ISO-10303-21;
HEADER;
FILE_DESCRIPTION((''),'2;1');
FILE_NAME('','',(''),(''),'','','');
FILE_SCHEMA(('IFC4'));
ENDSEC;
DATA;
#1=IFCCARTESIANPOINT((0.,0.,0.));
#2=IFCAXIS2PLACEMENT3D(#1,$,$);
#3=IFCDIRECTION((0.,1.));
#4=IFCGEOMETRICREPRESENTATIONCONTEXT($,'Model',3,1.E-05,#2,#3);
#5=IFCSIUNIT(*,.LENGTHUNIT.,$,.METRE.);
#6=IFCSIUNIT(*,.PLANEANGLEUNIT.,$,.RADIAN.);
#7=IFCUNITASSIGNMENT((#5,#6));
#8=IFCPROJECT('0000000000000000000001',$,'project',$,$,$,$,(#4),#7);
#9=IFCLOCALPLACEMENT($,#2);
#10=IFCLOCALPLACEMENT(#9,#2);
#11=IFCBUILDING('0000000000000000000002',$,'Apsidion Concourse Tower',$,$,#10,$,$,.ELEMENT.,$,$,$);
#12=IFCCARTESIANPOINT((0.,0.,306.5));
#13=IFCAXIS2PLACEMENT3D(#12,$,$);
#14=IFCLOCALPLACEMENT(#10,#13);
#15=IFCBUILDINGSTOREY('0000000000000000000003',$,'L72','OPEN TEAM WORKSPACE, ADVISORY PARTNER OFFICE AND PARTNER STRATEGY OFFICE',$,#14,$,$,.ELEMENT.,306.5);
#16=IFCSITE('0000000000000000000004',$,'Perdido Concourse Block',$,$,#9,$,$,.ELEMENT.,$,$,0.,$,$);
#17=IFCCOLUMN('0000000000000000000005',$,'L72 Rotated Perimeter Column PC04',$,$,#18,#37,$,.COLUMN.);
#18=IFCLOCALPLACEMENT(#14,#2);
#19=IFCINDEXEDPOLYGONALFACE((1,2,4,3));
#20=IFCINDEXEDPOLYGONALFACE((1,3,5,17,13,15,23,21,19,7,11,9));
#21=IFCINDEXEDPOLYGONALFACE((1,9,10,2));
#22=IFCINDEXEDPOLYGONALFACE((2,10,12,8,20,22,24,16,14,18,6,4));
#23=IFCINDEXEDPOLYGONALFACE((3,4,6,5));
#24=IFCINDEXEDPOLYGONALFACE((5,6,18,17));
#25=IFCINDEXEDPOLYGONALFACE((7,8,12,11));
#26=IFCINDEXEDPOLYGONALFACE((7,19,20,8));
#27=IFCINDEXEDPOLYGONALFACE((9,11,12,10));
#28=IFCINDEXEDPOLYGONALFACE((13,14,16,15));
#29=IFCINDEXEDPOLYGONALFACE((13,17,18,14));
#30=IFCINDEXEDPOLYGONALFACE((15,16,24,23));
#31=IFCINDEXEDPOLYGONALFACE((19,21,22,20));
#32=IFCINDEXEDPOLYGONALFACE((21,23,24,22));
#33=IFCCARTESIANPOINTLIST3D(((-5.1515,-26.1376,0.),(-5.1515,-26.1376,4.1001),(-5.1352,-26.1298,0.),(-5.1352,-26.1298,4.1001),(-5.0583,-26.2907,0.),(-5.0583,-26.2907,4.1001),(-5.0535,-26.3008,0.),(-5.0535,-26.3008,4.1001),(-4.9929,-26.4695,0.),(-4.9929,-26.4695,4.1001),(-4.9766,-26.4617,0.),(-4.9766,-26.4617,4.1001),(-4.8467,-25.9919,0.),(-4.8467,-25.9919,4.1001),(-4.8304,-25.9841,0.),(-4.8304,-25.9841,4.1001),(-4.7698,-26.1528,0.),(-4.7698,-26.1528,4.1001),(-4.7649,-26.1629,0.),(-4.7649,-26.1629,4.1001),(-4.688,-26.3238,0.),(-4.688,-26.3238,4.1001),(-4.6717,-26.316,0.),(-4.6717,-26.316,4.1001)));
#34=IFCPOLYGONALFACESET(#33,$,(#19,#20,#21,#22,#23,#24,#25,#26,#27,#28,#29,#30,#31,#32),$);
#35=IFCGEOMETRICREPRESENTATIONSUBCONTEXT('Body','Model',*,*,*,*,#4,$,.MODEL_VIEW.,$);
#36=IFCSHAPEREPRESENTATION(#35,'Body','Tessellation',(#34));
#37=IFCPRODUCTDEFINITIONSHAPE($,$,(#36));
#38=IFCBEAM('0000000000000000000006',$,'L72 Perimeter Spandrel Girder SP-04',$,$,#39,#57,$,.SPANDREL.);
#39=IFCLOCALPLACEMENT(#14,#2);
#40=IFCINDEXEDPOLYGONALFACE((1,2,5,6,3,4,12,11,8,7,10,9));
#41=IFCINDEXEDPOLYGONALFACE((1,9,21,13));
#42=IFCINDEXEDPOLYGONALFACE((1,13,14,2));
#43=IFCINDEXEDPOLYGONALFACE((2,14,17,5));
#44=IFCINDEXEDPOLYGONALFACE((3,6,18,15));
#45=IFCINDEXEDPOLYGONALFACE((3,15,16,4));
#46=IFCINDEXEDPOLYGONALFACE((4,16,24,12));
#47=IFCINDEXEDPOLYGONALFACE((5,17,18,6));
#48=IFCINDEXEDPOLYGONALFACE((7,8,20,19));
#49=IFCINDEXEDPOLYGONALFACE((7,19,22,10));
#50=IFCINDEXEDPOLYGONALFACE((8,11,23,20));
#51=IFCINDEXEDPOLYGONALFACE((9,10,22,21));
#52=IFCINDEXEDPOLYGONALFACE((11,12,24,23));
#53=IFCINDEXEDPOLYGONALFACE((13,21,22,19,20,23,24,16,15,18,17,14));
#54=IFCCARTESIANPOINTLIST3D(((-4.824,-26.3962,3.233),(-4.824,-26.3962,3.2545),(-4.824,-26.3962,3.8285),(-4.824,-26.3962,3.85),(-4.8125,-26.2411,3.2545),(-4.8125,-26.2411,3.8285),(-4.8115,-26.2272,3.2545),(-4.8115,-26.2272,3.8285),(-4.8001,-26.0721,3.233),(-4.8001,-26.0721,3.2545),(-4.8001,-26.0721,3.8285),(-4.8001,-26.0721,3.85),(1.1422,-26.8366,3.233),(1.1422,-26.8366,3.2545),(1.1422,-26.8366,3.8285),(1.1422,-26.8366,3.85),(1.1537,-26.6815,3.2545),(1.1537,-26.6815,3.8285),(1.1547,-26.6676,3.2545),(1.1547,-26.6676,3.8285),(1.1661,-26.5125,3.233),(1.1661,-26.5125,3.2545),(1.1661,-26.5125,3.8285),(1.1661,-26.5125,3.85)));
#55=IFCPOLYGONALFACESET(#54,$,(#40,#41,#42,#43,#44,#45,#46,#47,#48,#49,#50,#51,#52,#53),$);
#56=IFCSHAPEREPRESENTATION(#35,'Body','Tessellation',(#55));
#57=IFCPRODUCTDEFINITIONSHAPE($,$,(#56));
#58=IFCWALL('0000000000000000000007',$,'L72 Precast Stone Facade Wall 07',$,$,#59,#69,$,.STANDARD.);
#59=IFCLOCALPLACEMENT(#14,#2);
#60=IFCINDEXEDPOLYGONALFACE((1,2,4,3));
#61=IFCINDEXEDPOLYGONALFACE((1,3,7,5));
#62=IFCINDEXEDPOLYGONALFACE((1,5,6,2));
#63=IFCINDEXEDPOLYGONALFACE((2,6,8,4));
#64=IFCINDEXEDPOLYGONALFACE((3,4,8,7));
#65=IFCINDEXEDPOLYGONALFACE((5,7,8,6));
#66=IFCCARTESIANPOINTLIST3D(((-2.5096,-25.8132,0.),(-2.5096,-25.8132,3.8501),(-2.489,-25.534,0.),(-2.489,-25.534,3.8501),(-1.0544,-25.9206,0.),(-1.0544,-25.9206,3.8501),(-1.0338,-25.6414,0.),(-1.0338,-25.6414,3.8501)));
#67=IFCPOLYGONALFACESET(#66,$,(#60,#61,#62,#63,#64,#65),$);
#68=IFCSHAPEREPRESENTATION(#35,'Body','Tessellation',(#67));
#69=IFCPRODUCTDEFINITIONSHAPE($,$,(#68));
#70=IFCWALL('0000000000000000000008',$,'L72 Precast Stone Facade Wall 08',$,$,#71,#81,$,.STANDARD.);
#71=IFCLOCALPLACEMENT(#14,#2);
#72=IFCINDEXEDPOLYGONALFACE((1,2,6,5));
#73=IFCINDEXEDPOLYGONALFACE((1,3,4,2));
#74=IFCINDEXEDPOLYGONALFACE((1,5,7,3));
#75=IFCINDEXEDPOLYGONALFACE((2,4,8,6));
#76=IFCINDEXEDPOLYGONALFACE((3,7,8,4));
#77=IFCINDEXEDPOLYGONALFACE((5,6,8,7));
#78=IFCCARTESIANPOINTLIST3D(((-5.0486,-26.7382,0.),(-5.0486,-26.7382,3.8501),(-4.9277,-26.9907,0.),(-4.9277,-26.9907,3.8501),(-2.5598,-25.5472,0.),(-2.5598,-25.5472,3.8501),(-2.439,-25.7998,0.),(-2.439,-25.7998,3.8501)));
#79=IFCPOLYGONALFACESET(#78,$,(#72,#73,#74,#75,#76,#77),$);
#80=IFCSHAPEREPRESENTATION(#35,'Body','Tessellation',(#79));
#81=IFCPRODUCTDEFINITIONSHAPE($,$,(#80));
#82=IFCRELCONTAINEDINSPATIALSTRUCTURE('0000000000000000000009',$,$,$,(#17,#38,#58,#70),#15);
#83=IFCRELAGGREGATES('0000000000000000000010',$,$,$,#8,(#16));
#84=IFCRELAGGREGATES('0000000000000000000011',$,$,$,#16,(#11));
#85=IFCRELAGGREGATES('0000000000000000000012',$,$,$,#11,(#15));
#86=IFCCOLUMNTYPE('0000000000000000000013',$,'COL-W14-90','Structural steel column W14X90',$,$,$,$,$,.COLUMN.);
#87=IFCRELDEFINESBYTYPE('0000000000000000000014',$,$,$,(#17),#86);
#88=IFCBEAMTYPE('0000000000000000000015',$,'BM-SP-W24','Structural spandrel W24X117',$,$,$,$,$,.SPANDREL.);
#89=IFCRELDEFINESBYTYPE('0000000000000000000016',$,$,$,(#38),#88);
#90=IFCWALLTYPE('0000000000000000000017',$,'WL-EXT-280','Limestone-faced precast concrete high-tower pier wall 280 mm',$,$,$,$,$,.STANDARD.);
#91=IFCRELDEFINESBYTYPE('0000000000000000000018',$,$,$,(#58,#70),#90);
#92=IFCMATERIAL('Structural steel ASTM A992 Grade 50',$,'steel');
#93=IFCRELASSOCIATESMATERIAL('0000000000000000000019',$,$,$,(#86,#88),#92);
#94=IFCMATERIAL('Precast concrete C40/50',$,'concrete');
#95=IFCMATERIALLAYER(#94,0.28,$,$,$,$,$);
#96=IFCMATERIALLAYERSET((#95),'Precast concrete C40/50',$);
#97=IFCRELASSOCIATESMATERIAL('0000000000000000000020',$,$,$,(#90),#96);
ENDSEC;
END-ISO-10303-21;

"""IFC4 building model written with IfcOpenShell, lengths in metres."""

from ifc_helpers import new_model, si_unit, direction, frame, frame_2d, origin, origin_2d, place, context, subcontext, project, spatial, rectangle, i_section, extrude, material, layer, layer_set, material_profile, profile_set, type_object, element, save


model = new_model("IFC4")

# Units and contexts
model_context = context("Model", 3, precision=1e-05, world=origin(), true_north=direction((0.0, 1.0)))
body_context = subcontext(model_context, "Body", "Model", "MODEL_VIEW")
ifc_project = project(units=[si_unit("LENGTHUNIT", "METRE"), si_unit("PLANEANGLEUNIT", "RADIAN")], contexts=[model_context])

# Site, building, storey
site_placement = place(None, origin())
site = spatial("IfcSite", under=ifc_project, at=site_placement, Name="Perdido Concourse Block", CompositionType="ELEMENT", RefElevation=0.0)
building_placement = place(site_placement, origin())
building = spatial("IfcBuilding", under=site, at=building_placement, Name="Apsidion Concourse Tower", CompositionType="ELEMENT")
storey_placement = place(building_placement, frame((0.0, 0.0, 306.5)))
storey = spatial("IfcBuildingStorey", under=building, at=storey_placement, Name="L72", Description="OPEN TEAM WORKSPACE, ADVISORY PARTNER OFFICE AND PARTNER STRATEGY OFFICE", CompositionType="ELEMENT", Elevation=306.5)

# Column
ifc_material_1 = material(Name="Structural steel ASTM A992 Grade 50", Category="steel")
ifc_material_profile_1 = material_profile(ifc_material_1, i_section(OverallWidth=0.3679, OverallDepth=0.356, WebThickness=0.0112, FlangeThickness=0.0181, at=origin_2d()), Name="W14X90")
ifc_profile_set_1 = profile_set([ifc_material_profile_1], Name="Structural steel ASTM A992 Grade 50")
column_type = type_object("IfcColumnType", Name="COL-W14-90", Description="Structural steel column W14X90", PredefinedType="COLUMN", material=ifc_profile_set_1)
column_placement = place(storey_placement, frame((-4.9116, -26.2268, 0.0), z_axis=(0.0, 0.0, 1.0), x_axis=(-0.431299, 0.902209, 0.0)))
element("IfcColumn", 1, at=column_placement, inside=storey, type_object=column_type, Name="L72 Rotated Perimeter Column PC04", PredefinedType="COLUMN", context=body_context, shape_type="SweptSolid", body=[
    extrude(i_section(OverallWidth=0.3679, OverallDepth=0.356, WebThickness=0.0112, FlangeThickness=0.0181, at=origin_2d()), origin(), (0.0, 0.0, 1.0), 4.1001),
])

# Beam
ifc_material_profile_2 = material_profile(ifc_material_1, i_section(OverallWidth=0.325, OverallDepth=0.6169, WebThickness=0.0139, FlangeThickness=0.0215, at=origin_2d()), Name="W24X117")
ifc_profile_set_2 = profile_set([ifc_material_profile_2], Name="Structural steel ASTM A992 Grade 50")
beam_type = type_object("IfcBeamType", Name="BM-SP-W24", Description="Structural spandrel W24X117", PredefinedType="SPANDREL", material=ifc_profile_set_2)
beam_placement = place(storey_placement, frame((-4.812, -26.2341, 3.5415), z_axis=(0.997286, -0.073619, 0.0), x_axis=(0.073619, 0.997286, 0.0)))
element("IfcBeam", 2, at=beam_placement, inside=storey, type_object=beam_type, Name="L72 Perimeter Spandrel Girder SP-04", PredefinedType="SPANDREL", context=body_context, shape_type="SweptSolid", body=[
    extrude(i_section(OverallWidth=0.325, OverallDepth=0.6169, WebThickness=0.0139, FlangeThickness=0.0215, at=origin_2d()), origin(), (0.0, 0.0, 1.0), 5.9824),
])

# Walls
ifc_material_2 = material(Name="Precast concrete C40/50", Category="concrete")
ifc_layer_1 = layer(ifc_material_2, 0.28)
ifc_layer_set_1 = layer_set([ifc_layer_1], Name="Precast concrete C40/50")
wall_type_1 = type_object("IfcWallType", Name="WL-EXT-280", Description="Limestone-faced precast concrete high-tower pier wall 280 mm", PredefinedType="STANDARD", material=ifc_layer_set_1)
wall_1_placement = place(storey_placement, frame((-1.0442, -25.781, 0.0), z_axis=(0.0, 0.0, 1.0), x_axis=(-0.997287, 0.073613, 0.0)))
element("IfcWall", 3, at=wall_1_placement, inside=storey, type_object=wall_type_1, Name="L72 Precast Stone Facade Wall 07", PredefinedType="STANDARD", context=body_context, shape_type="SweptSolid", body=[
    extrude(rectangle(XDim=1.4592, YDim=0.28, at=frame_2d((0.7295, 0.0))), origin(), (0.0, 0.0, 1.0), 3.8501),
])
wall_2_placement = place(storey_placement, frame((-2.4995, -25.6736, 0.0), z_axis=(0.0, 0.0, 1.0), x_axis=(-0.902044, -0.431643, 0.0)))
element("IfcWall", 4, at=wall_2_placement, inside=storey, type_object=wall_type_1, Name="L72 Precast Stone Facade Wall 08", PredefinedType="STANDARD", context=body_context, shape_type="SweptSolid", body=[
    extrude(rectangle(XDim=2.759, YDim=0.28, at=frame_2d((1.3794, 0.0))), origin(), (0.0, 0.0, 1.0), 3.8501),
])

save(model, "model.ifc")
